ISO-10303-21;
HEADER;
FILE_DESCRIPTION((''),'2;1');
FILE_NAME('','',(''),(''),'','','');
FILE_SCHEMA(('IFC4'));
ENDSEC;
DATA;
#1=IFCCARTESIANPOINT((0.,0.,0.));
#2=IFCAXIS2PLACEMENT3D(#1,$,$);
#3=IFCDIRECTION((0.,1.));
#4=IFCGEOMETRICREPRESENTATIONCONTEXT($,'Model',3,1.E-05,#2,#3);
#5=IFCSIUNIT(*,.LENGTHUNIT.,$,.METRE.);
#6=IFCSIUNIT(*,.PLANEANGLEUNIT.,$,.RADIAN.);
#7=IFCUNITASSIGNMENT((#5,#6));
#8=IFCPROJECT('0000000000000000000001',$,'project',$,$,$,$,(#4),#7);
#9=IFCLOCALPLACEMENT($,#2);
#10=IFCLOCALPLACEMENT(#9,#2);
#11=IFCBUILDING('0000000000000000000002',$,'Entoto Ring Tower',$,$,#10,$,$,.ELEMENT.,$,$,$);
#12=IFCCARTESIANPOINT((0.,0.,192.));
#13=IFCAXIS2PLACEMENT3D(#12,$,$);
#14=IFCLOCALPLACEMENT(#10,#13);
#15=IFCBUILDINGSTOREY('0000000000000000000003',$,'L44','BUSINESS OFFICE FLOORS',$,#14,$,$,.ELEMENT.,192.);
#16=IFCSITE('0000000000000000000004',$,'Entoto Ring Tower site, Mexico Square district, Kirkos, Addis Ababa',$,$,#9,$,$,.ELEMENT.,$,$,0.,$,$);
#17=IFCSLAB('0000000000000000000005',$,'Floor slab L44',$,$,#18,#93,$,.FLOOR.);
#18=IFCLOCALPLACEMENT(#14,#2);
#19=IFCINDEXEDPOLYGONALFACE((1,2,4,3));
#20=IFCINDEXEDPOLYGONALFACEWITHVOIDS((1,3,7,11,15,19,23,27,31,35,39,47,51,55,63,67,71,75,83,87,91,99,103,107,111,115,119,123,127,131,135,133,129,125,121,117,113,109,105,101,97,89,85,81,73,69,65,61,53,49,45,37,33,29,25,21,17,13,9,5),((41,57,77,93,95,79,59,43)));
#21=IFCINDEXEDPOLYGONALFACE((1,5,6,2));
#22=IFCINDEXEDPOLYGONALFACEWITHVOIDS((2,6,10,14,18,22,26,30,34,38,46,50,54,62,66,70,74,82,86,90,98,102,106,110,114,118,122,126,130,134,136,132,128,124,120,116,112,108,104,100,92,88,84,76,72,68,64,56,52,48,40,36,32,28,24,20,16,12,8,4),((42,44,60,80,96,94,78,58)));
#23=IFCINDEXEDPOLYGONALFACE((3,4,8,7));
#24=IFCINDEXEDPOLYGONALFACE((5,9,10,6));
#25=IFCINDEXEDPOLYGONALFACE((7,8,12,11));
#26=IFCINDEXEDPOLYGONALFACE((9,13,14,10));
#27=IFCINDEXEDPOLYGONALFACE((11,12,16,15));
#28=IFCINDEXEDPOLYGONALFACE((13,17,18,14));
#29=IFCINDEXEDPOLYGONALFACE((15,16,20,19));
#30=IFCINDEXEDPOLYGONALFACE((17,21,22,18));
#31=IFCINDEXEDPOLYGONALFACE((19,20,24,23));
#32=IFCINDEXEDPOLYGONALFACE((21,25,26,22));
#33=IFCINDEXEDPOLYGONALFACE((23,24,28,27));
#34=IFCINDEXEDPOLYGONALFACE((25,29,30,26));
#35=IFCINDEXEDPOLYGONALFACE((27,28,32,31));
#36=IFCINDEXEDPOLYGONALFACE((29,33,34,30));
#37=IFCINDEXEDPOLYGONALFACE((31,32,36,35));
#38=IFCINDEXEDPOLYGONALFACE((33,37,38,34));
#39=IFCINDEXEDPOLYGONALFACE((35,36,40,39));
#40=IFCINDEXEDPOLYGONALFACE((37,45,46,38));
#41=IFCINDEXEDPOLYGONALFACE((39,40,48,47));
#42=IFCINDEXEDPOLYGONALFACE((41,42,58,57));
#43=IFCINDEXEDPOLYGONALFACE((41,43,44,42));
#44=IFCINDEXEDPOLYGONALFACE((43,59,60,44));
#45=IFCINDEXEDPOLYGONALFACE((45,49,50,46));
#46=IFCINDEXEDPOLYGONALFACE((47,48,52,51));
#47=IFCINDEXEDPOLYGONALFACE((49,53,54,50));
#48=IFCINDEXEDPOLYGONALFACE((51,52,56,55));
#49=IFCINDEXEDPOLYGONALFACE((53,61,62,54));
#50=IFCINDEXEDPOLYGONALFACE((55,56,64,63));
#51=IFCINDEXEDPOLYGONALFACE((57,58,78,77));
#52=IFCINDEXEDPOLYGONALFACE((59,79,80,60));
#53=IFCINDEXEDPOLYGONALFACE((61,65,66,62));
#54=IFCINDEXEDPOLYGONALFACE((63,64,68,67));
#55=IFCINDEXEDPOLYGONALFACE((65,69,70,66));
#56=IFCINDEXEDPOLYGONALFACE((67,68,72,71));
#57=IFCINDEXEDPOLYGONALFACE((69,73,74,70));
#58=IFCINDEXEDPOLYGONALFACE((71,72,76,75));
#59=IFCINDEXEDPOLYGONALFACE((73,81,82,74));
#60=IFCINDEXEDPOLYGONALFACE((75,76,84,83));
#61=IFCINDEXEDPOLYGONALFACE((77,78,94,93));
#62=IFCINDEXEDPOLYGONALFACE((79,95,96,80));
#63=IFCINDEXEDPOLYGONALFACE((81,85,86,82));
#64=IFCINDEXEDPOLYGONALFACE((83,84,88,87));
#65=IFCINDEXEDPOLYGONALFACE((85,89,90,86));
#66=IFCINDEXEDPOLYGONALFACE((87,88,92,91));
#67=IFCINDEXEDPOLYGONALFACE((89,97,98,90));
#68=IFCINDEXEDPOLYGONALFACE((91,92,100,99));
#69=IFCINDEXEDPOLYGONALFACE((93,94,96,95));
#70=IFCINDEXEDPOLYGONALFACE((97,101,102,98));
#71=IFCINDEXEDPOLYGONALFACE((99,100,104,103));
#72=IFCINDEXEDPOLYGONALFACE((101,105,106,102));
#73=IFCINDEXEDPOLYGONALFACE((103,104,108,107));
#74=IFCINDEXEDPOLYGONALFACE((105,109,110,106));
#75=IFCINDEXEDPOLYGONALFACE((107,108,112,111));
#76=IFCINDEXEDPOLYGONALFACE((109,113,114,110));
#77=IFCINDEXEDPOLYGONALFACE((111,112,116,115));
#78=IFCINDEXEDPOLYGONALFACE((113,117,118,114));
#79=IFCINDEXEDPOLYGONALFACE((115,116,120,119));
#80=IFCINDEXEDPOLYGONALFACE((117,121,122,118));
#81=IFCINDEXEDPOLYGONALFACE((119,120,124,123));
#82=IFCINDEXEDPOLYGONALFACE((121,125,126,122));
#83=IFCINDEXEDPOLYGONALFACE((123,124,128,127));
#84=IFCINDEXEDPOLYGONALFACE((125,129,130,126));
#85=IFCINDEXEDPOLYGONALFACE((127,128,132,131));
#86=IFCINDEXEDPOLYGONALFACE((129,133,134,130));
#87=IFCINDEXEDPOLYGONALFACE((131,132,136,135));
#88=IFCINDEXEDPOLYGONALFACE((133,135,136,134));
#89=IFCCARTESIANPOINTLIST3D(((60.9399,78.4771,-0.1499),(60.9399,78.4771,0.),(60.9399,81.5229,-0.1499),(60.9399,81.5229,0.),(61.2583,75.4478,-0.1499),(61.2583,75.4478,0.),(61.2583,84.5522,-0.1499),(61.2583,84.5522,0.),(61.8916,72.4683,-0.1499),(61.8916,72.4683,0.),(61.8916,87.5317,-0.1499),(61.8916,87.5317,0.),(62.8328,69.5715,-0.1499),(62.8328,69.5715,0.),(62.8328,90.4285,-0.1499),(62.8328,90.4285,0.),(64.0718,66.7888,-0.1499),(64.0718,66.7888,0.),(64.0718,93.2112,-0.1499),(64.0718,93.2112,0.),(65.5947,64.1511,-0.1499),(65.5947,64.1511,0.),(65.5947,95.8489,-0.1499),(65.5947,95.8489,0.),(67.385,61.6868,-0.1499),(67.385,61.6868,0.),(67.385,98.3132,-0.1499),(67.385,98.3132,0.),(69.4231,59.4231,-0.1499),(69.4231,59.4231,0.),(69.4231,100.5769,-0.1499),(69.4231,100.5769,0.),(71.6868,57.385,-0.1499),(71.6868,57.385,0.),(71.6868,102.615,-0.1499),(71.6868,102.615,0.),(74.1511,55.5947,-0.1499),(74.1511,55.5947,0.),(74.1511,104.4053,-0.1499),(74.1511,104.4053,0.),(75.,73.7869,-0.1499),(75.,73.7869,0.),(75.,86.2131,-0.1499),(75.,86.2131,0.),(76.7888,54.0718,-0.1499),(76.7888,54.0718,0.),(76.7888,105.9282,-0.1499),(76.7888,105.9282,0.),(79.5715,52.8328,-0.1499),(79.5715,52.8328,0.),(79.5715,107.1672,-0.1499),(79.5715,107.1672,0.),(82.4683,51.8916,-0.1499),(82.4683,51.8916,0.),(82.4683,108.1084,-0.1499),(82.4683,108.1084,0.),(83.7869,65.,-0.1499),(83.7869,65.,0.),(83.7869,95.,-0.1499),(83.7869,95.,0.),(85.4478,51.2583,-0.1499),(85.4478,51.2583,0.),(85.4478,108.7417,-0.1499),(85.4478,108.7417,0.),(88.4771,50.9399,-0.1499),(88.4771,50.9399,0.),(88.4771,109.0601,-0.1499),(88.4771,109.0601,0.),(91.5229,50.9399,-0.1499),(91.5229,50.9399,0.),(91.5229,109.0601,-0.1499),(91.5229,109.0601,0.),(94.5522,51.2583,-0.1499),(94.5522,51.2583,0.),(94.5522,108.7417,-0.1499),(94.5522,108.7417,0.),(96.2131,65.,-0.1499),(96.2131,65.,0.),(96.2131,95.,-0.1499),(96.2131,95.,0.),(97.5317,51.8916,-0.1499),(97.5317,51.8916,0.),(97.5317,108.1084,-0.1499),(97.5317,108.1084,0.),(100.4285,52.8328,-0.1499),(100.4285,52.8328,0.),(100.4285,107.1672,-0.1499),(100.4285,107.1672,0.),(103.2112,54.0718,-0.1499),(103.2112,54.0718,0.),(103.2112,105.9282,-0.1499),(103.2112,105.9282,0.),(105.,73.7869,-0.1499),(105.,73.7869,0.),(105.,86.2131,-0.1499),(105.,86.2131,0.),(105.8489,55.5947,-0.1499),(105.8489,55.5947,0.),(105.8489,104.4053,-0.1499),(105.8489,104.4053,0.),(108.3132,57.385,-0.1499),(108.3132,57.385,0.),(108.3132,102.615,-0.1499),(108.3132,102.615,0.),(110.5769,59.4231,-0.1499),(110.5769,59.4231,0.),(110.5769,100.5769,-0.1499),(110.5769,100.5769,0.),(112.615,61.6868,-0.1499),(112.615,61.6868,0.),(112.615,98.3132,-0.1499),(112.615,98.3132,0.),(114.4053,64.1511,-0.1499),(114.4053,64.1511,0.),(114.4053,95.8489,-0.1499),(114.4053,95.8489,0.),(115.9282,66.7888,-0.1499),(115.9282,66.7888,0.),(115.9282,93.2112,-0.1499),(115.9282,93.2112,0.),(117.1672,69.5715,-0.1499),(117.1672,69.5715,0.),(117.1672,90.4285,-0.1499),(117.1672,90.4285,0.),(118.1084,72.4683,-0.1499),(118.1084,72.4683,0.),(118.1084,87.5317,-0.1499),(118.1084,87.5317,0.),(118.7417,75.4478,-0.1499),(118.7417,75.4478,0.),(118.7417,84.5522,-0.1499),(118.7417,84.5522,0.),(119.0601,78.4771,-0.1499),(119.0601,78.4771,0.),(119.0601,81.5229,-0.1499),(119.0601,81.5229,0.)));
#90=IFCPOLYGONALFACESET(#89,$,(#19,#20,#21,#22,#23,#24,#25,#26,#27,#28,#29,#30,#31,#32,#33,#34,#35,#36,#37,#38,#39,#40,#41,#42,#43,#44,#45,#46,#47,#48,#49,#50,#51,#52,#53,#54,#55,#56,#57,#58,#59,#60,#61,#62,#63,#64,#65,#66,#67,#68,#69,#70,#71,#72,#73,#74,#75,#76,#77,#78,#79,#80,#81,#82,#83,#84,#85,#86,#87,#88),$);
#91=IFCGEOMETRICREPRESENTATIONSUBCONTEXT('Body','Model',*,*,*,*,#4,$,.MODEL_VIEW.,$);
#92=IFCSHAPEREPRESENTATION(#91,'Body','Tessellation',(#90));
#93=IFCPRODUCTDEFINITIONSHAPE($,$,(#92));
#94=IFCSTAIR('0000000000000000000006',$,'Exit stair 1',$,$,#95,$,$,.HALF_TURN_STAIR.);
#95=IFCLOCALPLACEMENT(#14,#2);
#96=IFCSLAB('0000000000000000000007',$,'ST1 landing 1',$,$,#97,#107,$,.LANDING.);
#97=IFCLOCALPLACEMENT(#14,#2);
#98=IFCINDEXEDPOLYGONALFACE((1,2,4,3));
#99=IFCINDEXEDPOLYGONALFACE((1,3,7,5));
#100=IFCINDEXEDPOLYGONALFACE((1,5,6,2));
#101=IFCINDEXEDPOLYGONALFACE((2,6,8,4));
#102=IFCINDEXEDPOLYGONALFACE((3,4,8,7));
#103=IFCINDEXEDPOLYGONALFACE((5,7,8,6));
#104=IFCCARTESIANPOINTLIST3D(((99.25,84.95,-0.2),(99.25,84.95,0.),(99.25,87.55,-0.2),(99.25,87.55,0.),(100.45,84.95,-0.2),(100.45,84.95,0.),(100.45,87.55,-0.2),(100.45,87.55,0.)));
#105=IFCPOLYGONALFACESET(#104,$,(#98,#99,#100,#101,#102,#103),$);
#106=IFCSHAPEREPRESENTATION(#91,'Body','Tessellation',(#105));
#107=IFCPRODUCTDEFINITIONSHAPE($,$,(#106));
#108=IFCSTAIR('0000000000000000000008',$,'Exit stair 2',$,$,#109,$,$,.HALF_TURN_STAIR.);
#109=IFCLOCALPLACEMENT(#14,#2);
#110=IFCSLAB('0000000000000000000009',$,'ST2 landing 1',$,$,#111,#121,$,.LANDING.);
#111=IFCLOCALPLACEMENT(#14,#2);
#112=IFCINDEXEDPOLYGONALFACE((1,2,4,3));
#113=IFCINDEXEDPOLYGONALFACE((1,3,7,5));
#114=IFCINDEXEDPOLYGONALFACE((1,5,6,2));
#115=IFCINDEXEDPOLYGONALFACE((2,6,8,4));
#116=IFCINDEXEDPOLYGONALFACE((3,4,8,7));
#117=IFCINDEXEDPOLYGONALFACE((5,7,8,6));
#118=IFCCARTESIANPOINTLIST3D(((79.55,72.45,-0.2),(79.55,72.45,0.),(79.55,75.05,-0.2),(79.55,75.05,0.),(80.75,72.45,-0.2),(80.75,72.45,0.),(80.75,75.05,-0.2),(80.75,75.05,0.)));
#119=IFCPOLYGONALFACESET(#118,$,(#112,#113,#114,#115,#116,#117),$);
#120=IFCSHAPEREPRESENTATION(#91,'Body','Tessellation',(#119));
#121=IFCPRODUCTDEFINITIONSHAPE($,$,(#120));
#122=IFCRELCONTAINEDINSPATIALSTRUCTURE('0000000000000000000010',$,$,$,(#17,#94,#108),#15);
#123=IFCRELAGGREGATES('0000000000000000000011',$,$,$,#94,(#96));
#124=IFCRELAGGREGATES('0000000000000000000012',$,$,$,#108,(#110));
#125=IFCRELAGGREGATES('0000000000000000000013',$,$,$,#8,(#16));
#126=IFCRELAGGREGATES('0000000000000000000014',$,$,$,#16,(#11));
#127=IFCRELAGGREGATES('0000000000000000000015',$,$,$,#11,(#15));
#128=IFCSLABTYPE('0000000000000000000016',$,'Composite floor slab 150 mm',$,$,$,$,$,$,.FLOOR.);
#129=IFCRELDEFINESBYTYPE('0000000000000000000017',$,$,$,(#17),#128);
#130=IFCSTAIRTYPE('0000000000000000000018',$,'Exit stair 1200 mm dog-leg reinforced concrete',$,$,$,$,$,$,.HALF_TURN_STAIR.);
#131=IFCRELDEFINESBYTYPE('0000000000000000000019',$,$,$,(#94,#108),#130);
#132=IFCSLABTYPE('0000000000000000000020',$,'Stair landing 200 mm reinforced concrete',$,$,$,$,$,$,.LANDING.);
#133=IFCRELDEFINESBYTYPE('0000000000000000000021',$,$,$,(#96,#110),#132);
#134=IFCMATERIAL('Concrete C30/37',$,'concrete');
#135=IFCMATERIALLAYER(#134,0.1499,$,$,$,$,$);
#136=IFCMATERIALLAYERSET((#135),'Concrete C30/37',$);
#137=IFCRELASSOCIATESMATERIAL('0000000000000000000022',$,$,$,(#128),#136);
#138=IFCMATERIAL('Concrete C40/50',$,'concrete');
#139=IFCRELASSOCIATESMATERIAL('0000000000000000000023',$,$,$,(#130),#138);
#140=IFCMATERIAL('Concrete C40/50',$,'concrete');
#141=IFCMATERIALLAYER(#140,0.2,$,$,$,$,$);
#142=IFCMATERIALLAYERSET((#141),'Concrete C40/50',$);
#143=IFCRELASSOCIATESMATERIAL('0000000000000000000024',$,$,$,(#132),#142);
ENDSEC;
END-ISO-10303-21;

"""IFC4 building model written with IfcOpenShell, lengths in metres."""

from ifc_helpers import new_model, si_unit, direction, frame, origin, place, context, subcontext, project, spatial, polyline, outline, extrude, material, layer, layer_set, type_object, element, aggregate, save


model = new_model("IFC4")

# Units and contexts
model_context = context("Model", 3, precision=1e-05, world=origin(), true_north=direction((0.0, 1.0)))
body_context = subcontext(model_context, "Body", "Model", "MODEL_VIEW")
ifc_project = project(units=[si_unit("LENGTHUNIT", "METRE"), si_unit("PLANEANGLEUNIT", "RADIAN")], contexts=[model_context])

# Site, building, storey
site_placement = place(None, origin())
building_placement = place(site_placement, origin())
storey_placement = place(building_placement, frame((0.0, 0.0, 192.0)))
site = spatial("IfcSite", under=ifc_project, at=site_placement, Name="Entoto Ring Tower site, Mexico Square district, Kirkos, Addis Ababa", CompositionType="ELEMENT", RefElevation=0.0)
building = spatial("IfcBuilding", under=site, at=building_placement, Name="Entoto Ring Tower", CompositionType="ELEMENT")
storey = spatial("IfcBuildingStorey", under=building, at=storey_placement, Name="L44", Description="BUSINESS OFFICE FLOORS", CompositionType="ELEMENT", Elevation=192.0)

# Slab
ifc_material_1 = material(Name="Concrete C30/37", Category="concrete")
ifc_layer_1 = layer(ifc_material_1, 0.1499)
ifc_layer_set_1 = layer_set([ifc_layer_1], Name="Concrete C30/37")
slab_type_1 = type_object("IfcSlabType", Name="Composite floor slab 150 mm", PredefinedType="FLOOR", material=ifc_layer_set_1)
slab_1_placement = place(storey_placement, frame((0.0, 0.0, -0.1499)))
element("IfcSlab", 1, at=slab_1_placement, inside=storey, type_object=slab_type_1, Name="Floor slab L44", PredefinedType="FLOOR", context=body_context, shape_type="SweptSolid", body=[
    extrude(outline(polyline([(118.7417, 84.5522), (118.1084, 87.5317), (117.1672, 90.4285), (115.9282, 93.2112), (114.4053, 95.8489), (112.615, 98.3132), (110.5769, 100.5769), (108.3132, 102.615), (105.8489, 104.4053), (103.2112, 105.9282), (100.4285, 107.1672), (97.5317, 108.1084), (94.5522, 108.7417), (91.5229, 109.0601), (88.4771, 109.0601), (85.4478, 108.7417), (82.4683, 108.1084), (79.5715, 107.1672), (76.7888, 105.9282), (74.1511, 104.4053), (71.6868, 102.615), (69.4231, 100.5769), (67.385, 98.3132), (65.5947, 95.8489), (64.0718, 93.2112), (62.8328, 90.4285), (61.8916, 87.5317), (61.2583, 84.5522), (60.9399, 81.5229), (60.9399, 78.4771), (61.2583, 75.4478), (61.8916, 72.4683), (62.8328, 69.5715), (64.0718, 66.7888), (65.5947, 64.1511), (67.385, 61.6868), (69.4231, 59.4231), (71.6868, 57.385), (74.1511, 55.5947), (76.7888, 54.0718), (79.5715, 52.8328), (82.4683, 51.8916), (85.4478, 51.2583), (88.4771, 50.9399), (91.5229, 50.9399), (94.5522, 51.2583), (97.5317, 51.8916), (100.4285, 52.8328), (103.2112, 54.0718), (105.8489, 55.5947), (108.3132, 57.385), (110.5769, 59.4231), (112.615, 61.6868), (114.4053, 64.1511), (115.9282, 66.7888), (117.1672, 69.5715), (118.1084, 72.4683), (118.7417, 75.4478), (119.0601, 78.4771), (119.0601, 81.5229), (118.7417, 84.5522)]), holes=[polyline([(105.0, 73.7869), (105.0, 86.2131), (96.2131, 95.0), (83.7869, 95.0), (75.0, 86.2131), (75.0, 73.7869), (83.7869, 65.0), (96.2131, 65.0), (105.0, 73.7869)])]), origin(), (0.0, 0.0, 1.0), 0.1499),
])

# Stairs, slabs
ifc_material_2 = material(Name="Concrete C40/50", Category="concrete")
stair_type = type_object("IfcStairType", Name="Exit stair 1200 mm dog-leg reinforced concrete", PredefinedType="HALF_TURN_STAIR", material=ifc_material_2)
stair_1_placement = place(storey_placement, origin())
stair_1 = element("IfcStair", 2, at=stair_1_placement, inside=storey, type_object=stair_type, Name="Exit stair 1", PredefinedType="HALF_TURN_STAIR")
ifc_material_3 = material(Name="Concrete C40/50", Category="concrete")
ifc_layer_2 = layer(ifc_material_3, 0.2)
ifc_layer_set_2 = layer_set([ifc_layer_2], Name="Concrete C40/50")
slab_type_2 = type_object("IfcSlabType", Name="Stair landing 200 mm reinforced concrete", PredefinedType="LANDING", material=ifc_layer_set_2)
slab_2_placement = place(storey_placement, frame((0.0, 0.0, -0.2)))
slab_2 = element("IfcSlab", 3, at=slab_2_placement, type_object=slab_type_2, Name="ST1 landing 1", PredefinedType="LANDING", context=body_context, shape_type="SweptSolid", body=[
    extrude(outline(polyline([(100.45, 84.95), (100.45, 87.55), (99.25, 87.55), (99.25, 84.95), (100.45, 84.95)])), origin(), (0.0, 0.0, 1.0), 0.2),
])
aggregate(stair_1, [slab_2])
stair_2_placement = place(storey_placement, origin())
stair_2 = element("IfcStair", 4, at=stair_2_placement, inside=storey, type_object=stair_type, Name="Exit stair 2", PredefinedType="HALF_TURN_STAIR")
slab_3_placement = place(storey_placement, frame((0.0, 0.0, -0.2)))
slab_3 = element("IfcSlab", 5, at=slab_3_placement, type_object=slab_type_2, Name="ST2 landing 1", PredefinedType="LANDING", context=body_context, shape_type="SweptSolid", body=[
    extrude(outline(polyline([(80.75, 72.45), (80.75, 75.05), (79.55, 75.05), (79.55, 72.45), (80.75, 72.45)])), origin(), (0.0, 0.0, 1.0), 0.2),
])
aggregate(stair_2, [slab_3])

save(model, "model.ifc")
